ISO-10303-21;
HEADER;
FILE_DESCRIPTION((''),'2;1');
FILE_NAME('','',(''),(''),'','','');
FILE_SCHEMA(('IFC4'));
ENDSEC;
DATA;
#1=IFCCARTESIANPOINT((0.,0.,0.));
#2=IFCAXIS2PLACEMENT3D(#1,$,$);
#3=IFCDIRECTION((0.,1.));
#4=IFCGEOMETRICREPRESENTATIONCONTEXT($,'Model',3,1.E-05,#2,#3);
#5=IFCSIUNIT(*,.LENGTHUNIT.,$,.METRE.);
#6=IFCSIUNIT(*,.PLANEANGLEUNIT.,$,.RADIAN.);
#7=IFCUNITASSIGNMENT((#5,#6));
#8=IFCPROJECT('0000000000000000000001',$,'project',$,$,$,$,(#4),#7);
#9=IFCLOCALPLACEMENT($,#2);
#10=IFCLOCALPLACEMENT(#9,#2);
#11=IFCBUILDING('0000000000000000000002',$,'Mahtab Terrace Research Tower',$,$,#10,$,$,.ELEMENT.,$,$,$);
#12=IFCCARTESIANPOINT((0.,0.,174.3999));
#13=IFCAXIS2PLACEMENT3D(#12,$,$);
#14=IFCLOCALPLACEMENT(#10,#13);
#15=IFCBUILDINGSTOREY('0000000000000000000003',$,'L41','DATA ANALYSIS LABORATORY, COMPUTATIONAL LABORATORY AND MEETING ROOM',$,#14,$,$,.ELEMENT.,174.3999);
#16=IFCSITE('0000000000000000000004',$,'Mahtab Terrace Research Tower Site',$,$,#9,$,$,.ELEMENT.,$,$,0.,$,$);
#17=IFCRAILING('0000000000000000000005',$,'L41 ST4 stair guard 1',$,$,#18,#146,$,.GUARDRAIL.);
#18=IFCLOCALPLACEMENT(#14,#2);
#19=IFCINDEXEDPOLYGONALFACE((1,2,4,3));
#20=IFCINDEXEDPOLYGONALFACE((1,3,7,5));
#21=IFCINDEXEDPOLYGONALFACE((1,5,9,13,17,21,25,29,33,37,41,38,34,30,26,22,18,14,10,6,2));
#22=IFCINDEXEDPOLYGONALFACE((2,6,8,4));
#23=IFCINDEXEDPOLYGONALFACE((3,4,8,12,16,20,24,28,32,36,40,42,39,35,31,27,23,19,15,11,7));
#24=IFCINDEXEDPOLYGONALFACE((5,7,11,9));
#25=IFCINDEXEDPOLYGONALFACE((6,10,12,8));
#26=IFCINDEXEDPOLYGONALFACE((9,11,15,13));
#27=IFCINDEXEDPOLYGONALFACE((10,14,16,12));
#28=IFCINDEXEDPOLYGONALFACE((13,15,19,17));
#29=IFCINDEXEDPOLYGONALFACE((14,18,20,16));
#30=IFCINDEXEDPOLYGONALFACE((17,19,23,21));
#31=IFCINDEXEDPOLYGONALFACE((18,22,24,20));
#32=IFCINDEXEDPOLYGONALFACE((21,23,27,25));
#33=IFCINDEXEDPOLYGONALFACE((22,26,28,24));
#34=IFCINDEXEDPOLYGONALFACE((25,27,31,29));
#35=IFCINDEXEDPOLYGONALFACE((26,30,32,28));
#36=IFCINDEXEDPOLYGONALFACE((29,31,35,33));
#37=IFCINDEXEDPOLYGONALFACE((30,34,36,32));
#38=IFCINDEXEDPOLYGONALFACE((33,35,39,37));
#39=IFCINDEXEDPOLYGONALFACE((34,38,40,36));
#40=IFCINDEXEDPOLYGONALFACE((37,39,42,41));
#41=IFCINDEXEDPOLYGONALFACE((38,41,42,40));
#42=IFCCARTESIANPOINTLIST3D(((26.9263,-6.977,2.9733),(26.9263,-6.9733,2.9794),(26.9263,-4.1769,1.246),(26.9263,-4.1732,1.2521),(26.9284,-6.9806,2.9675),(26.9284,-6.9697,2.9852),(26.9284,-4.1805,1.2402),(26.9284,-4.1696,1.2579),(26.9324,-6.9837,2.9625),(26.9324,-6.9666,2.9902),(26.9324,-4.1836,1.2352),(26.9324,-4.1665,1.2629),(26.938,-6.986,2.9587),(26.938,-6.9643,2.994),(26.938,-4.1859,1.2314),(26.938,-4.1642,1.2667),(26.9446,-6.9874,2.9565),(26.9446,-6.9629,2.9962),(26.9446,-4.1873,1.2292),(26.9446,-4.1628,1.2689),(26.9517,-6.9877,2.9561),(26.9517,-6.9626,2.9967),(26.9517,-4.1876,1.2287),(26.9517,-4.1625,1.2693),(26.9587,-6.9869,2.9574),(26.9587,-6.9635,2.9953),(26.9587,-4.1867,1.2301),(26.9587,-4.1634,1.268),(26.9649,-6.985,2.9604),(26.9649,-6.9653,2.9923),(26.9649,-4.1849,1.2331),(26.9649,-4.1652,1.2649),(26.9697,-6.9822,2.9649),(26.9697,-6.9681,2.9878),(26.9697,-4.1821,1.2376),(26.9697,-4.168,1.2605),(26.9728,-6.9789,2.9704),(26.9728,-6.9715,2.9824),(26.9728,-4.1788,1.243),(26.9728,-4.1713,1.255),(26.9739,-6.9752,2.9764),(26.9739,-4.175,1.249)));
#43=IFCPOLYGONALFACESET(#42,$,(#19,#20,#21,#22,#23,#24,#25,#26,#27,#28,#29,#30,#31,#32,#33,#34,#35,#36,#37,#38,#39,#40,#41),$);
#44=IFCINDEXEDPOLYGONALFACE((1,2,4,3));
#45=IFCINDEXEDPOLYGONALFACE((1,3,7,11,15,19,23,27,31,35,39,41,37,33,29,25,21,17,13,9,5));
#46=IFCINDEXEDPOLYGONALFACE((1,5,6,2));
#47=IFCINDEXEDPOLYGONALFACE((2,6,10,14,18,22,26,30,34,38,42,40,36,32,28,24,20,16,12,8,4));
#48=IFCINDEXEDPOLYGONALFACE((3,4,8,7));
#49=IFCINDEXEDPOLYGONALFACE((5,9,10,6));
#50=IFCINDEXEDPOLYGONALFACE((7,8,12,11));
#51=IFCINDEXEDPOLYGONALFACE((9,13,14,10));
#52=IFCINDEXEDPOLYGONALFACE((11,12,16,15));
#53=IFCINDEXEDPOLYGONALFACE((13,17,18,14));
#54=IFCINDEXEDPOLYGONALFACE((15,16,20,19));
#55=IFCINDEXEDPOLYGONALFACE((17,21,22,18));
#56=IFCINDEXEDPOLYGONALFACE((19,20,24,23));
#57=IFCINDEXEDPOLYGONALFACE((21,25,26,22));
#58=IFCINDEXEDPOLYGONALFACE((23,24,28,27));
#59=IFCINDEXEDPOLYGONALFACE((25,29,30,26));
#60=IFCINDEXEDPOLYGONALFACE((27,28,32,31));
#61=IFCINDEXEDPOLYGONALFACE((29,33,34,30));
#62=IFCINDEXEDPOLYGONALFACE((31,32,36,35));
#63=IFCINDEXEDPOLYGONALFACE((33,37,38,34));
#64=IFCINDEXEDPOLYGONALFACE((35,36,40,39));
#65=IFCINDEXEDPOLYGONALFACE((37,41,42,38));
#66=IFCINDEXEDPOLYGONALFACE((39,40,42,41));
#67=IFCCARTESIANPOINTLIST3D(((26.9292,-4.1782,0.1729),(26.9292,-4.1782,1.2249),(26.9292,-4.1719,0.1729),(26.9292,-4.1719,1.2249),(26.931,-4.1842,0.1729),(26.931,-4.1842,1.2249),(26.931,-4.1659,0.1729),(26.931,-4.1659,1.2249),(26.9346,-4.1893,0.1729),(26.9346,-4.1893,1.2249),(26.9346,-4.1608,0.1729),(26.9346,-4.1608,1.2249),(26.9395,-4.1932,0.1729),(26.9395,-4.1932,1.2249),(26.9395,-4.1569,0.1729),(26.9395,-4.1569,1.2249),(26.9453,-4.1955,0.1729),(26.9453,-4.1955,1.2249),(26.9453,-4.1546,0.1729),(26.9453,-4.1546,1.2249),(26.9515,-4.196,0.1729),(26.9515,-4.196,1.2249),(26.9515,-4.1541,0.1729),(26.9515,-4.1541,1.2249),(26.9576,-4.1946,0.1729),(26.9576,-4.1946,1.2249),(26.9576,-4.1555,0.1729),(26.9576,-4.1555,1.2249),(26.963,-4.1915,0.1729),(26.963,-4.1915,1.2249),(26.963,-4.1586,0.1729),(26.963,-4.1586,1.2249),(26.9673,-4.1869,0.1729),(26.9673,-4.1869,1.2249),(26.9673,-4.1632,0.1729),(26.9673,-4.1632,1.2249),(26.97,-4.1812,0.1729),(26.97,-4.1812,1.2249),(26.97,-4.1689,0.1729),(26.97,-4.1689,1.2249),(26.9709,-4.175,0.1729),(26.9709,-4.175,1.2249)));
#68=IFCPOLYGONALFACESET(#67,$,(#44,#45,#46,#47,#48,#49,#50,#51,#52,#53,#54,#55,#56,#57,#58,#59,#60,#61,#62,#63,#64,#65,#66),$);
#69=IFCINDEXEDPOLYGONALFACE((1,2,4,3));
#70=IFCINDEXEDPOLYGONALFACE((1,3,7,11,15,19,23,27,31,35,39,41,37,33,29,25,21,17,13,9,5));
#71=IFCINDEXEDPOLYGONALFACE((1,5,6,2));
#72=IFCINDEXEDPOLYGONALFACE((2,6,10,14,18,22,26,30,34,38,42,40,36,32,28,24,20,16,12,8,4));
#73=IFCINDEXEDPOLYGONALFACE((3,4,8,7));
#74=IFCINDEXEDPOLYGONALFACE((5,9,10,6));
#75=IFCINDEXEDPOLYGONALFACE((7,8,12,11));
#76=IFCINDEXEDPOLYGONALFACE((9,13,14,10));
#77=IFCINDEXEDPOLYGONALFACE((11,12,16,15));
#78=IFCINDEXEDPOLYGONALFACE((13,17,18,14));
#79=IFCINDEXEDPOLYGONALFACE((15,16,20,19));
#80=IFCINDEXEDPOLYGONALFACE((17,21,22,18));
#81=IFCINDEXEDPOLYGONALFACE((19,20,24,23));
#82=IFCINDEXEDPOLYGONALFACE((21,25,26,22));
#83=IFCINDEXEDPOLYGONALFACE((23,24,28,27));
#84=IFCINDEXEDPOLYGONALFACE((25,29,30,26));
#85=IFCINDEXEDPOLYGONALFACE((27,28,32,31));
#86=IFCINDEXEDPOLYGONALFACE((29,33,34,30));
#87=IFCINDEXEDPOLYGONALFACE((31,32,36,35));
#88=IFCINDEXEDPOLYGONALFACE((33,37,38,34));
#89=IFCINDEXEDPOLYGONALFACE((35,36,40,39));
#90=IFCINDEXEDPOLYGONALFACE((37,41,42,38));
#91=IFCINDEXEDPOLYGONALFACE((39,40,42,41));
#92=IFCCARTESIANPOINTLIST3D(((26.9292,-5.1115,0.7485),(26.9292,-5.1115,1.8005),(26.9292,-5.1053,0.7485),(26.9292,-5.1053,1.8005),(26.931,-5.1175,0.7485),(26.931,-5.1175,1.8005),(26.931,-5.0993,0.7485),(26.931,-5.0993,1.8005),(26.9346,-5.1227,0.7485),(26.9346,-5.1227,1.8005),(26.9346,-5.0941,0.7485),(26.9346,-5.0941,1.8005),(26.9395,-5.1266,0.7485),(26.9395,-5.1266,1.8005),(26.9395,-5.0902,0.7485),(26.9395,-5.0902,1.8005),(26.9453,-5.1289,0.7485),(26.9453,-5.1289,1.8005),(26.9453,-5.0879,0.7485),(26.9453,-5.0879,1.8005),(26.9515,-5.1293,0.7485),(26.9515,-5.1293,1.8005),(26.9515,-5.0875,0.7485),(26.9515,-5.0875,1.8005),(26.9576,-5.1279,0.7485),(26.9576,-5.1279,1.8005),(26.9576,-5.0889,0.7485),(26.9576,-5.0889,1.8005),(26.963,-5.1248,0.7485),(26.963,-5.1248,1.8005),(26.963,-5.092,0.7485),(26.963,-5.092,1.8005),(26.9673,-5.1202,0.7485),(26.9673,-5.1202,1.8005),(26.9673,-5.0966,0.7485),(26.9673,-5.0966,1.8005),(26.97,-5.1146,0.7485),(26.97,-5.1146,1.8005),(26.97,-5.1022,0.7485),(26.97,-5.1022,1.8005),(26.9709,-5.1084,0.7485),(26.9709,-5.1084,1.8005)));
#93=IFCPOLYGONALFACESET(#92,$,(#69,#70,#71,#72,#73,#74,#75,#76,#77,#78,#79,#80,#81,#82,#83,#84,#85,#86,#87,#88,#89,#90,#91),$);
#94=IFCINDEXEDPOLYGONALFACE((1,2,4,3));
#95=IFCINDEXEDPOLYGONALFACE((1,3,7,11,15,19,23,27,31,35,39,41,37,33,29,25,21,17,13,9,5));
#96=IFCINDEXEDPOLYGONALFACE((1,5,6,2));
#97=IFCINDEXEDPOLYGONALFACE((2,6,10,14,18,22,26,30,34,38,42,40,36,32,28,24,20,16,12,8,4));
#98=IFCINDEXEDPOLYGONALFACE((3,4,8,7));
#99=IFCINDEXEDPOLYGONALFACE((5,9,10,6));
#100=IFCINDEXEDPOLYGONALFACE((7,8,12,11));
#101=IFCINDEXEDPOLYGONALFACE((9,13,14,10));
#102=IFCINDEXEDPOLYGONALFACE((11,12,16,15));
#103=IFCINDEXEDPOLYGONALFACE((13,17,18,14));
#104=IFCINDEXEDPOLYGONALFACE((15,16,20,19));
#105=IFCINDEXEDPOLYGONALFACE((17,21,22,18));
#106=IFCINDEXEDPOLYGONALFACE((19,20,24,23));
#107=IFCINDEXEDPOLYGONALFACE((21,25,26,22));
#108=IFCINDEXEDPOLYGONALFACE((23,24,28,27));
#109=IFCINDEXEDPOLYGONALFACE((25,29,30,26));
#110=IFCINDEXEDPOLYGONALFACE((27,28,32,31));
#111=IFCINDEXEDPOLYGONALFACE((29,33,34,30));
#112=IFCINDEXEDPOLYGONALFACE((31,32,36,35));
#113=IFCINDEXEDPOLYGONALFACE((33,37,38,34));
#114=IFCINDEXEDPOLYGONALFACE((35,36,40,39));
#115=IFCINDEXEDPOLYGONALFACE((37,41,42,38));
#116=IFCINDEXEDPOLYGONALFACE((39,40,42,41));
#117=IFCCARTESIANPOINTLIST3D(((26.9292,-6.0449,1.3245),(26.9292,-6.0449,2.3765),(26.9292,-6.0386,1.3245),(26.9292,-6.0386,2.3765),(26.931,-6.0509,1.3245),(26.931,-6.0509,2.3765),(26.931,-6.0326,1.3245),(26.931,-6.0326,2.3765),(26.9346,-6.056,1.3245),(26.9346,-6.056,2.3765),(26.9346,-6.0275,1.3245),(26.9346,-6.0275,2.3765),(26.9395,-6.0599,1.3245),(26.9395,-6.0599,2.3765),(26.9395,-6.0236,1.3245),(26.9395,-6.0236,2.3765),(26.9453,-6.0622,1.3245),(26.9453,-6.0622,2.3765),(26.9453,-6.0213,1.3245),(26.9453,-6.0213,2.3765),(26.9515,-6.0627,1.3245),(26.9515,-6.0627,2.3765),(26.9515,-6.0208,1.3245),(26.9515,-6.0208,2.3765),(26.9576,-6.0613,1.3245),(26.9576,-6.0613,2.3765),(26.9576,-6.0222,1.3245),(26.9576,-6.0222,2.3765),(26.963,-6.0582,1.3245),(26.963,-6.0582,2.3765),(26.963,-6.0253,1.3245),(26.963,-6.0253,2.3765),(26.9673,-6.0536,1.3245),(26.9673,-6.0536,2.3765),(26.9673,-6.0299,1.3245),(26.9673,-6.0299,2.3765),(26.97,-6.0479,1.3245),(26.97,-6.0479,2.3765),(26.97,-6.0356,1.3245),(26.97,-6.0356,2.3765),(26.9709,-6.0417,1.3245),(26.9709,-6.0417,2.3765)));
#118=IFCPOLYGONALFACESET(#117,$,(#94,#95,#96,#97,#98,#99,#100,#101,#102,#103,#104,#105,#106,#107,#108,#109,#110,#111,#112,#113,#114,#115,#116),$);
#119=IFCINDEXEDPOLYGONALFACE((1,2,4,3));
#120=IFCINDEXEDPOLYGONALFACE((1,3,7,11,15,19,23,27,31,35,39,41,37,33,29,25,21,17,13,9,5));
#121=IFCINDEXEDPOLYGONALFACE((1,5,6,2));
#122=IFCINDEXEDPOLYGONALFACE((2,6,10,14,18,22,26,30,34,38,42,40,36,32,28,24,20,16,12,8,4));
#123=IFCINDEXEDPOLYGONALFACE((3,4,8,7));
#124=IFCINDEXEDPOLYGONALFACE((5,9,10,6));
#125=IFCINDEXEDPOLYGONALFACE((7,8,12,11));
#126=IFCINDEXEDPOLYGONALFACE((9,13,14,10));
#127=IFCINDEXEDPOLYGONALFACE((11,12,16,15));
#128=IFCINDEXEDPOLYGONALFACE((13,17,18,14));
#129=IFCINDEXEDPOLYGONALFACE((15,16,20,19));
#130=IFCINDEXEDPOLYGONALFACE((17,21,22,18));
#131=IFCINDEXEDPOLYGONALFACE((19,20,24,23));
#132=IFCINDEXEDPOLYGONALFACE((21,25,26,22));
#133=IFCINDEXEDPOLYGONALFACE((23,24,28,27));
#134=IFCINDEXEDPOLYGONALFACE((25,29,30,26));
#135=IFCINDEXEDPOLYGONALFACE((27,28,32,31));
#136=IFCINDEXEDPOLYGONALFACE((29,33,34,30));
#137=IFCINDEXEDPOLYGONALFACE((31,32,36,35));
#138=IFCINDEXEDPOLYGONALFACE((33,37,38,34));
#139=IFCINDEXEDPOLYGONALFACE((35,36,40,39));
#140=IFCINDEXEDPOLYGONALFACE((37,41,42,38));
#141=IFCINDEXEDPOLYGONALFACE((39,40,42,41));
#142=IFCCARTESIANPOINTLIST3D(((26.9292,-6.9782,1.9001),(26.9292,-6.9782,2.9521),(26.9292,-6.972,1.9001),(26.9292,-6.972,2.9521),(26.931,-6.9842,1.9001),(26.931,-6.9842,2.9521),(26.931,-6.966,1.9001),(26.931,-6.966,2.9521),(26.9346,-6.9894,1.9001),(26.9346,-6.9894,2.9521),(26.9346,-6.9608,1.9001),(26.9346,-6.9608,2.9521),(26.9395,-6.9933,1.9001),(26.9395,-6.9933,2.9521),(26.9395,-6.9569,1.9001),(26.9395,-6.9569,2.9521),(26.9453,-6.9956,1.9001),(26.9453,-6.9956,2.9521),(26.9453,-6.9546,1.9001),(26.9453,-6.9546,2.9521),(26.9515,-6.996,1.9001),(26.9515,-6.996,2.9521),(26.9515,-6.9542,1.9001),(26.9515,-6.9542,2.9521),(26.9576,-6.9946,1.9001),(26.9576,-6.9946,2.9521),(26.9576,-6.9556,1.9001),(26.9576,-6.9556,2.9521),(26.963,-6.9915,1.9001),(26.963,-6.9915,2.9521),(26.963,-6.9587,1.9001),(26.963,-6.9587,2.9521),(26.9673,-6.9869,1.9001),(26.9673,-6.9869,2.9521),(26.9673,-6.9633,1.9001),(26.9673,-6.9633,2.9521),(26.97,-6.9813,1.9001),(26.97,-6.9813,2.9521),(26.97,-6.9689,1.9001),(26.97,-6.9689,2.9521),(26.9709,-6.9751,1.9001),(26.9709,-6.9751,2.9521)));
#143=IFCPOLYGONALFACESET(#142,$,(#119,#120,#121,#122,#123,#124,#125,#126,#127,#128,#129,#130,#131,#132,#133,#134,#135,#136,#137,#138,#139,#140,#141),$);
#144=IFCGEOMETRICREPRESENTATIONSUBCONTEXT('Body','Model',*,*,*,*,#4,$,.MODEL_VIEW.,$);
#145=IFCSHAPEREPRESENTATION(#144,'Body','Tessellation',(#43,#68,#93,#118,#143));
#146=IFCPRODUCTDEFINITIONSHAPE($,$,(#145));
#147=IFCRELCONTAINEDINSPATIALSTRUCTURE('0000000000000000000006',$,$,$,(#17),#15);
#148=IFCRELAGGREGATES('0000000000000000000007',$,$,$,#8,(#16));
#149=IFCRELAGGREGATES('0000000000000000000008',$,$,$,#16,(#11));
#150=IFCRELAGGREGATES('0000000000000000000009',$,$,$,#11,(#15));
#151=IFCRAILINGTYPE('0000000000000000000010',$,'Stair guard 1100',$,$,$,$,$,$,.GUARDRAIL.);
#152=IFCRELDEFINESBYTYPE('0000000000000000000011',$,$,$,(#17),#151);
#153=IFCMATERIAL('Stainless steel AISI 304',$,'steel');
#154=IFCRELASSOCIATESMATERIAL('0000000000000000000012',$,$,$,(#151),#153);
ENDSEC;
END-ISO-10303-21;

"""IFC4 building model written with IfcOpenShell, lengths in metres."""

from ifc_helpers import new_model, si_unit, direction, frame, origin, origin_2d, place, context, subcontext, project, spatial, circle, extrude, material, type_object, element, save


model = new_model("IFC4")

# Units and contexts
model_context = context("Model", 3, precision=1e-05, world=origin(), true_north=direction((0.0, 1.0)))
body_context = subcontext(model_context, "Body", "Model", "MODEL_VIEW")
ifc_project = project(units=[si_unit("LENGTHUNIT", "METRE"), si_unit("PLANEANGLEUNIT", "RADIAN")], contexts=[model_context])

# Site, building, storey
site_placement = place(None, origin())
site = spatial("IfcSite", under=ifc_project, at=site_placement, Name="Mahtab Terrace Research Tower Site", CompositionType="ELEMENT", RefElevation=0.0)
building_placement = place(site_placement, origin())
building = spatial("IfcBuilding", under=site, at=building_placement, Name="Mahtab Terrace Research Tower", CompositionType="ELEMENT")
storey_placement = place(building_placement, frame((0.0, 0.0, 174.3999)))
storey = spatial("IfcBuildingStorey", under=building, at=storey_placement, Name="L41", Description="DATA ANALYSIS LABORATORY, COMPUTATIONAL LABORATORY AND MEETING ROOM", CompositionType="ELEMENT", Elevation=174.3999)

# Railing
ifc_material_1 = material(Name="Stainless steel AISI 304", Category="steel")
railing_type_1 = type_object("IfcRailingType", Name="Stair guard 1100", PredefinedType="GUARDRAIL", material=ifc_material_1)
railing_1_placement = place(storey_placement, frame((26.95, -4.175, 0.1729)))
element("IfcRailing", 1, at=railing_1_placement, inside=storey, type_object=railing_type_1, Name="L41 ST4 stair guard 1", PredefinedType="GUARDRAIL", context=body_context, shape_type="SweptSolid", body=[
    extrude(circle(Radius=0.0239, at=origin_2d()), frame((0.0, 0.0, 1.0762), z_axis=(0.0, -0.85109, 0.52502), x_axis=(1.0, 0.0, 0.0)), (0.0, 0.0, 1.0), 3.29),
    extrude(circle(Radius=0.021, at=origin_2d()), origin(), (0.0, 0.0, 1.0), 1.052),
    extrude(circle(Radius=0.021, at=origin_2d()), frame((0.0, -0.9333, 0.5757)), (0.0, 0.0, 1.0), 1.052),
    extrude(circle(Radius=0.021, at=origin_2d()), frame((0.0, -1.8667, 1.1516)), (0.0, 0.0, 1.0), 1.052),
    extrude(circle(Radius=0.021, at=origin_2d()), frame((0.0, -2.8, 1.7273)), (0.0, 0.0, 1.0), 1.052),
])

save(model, "model.ifc")
